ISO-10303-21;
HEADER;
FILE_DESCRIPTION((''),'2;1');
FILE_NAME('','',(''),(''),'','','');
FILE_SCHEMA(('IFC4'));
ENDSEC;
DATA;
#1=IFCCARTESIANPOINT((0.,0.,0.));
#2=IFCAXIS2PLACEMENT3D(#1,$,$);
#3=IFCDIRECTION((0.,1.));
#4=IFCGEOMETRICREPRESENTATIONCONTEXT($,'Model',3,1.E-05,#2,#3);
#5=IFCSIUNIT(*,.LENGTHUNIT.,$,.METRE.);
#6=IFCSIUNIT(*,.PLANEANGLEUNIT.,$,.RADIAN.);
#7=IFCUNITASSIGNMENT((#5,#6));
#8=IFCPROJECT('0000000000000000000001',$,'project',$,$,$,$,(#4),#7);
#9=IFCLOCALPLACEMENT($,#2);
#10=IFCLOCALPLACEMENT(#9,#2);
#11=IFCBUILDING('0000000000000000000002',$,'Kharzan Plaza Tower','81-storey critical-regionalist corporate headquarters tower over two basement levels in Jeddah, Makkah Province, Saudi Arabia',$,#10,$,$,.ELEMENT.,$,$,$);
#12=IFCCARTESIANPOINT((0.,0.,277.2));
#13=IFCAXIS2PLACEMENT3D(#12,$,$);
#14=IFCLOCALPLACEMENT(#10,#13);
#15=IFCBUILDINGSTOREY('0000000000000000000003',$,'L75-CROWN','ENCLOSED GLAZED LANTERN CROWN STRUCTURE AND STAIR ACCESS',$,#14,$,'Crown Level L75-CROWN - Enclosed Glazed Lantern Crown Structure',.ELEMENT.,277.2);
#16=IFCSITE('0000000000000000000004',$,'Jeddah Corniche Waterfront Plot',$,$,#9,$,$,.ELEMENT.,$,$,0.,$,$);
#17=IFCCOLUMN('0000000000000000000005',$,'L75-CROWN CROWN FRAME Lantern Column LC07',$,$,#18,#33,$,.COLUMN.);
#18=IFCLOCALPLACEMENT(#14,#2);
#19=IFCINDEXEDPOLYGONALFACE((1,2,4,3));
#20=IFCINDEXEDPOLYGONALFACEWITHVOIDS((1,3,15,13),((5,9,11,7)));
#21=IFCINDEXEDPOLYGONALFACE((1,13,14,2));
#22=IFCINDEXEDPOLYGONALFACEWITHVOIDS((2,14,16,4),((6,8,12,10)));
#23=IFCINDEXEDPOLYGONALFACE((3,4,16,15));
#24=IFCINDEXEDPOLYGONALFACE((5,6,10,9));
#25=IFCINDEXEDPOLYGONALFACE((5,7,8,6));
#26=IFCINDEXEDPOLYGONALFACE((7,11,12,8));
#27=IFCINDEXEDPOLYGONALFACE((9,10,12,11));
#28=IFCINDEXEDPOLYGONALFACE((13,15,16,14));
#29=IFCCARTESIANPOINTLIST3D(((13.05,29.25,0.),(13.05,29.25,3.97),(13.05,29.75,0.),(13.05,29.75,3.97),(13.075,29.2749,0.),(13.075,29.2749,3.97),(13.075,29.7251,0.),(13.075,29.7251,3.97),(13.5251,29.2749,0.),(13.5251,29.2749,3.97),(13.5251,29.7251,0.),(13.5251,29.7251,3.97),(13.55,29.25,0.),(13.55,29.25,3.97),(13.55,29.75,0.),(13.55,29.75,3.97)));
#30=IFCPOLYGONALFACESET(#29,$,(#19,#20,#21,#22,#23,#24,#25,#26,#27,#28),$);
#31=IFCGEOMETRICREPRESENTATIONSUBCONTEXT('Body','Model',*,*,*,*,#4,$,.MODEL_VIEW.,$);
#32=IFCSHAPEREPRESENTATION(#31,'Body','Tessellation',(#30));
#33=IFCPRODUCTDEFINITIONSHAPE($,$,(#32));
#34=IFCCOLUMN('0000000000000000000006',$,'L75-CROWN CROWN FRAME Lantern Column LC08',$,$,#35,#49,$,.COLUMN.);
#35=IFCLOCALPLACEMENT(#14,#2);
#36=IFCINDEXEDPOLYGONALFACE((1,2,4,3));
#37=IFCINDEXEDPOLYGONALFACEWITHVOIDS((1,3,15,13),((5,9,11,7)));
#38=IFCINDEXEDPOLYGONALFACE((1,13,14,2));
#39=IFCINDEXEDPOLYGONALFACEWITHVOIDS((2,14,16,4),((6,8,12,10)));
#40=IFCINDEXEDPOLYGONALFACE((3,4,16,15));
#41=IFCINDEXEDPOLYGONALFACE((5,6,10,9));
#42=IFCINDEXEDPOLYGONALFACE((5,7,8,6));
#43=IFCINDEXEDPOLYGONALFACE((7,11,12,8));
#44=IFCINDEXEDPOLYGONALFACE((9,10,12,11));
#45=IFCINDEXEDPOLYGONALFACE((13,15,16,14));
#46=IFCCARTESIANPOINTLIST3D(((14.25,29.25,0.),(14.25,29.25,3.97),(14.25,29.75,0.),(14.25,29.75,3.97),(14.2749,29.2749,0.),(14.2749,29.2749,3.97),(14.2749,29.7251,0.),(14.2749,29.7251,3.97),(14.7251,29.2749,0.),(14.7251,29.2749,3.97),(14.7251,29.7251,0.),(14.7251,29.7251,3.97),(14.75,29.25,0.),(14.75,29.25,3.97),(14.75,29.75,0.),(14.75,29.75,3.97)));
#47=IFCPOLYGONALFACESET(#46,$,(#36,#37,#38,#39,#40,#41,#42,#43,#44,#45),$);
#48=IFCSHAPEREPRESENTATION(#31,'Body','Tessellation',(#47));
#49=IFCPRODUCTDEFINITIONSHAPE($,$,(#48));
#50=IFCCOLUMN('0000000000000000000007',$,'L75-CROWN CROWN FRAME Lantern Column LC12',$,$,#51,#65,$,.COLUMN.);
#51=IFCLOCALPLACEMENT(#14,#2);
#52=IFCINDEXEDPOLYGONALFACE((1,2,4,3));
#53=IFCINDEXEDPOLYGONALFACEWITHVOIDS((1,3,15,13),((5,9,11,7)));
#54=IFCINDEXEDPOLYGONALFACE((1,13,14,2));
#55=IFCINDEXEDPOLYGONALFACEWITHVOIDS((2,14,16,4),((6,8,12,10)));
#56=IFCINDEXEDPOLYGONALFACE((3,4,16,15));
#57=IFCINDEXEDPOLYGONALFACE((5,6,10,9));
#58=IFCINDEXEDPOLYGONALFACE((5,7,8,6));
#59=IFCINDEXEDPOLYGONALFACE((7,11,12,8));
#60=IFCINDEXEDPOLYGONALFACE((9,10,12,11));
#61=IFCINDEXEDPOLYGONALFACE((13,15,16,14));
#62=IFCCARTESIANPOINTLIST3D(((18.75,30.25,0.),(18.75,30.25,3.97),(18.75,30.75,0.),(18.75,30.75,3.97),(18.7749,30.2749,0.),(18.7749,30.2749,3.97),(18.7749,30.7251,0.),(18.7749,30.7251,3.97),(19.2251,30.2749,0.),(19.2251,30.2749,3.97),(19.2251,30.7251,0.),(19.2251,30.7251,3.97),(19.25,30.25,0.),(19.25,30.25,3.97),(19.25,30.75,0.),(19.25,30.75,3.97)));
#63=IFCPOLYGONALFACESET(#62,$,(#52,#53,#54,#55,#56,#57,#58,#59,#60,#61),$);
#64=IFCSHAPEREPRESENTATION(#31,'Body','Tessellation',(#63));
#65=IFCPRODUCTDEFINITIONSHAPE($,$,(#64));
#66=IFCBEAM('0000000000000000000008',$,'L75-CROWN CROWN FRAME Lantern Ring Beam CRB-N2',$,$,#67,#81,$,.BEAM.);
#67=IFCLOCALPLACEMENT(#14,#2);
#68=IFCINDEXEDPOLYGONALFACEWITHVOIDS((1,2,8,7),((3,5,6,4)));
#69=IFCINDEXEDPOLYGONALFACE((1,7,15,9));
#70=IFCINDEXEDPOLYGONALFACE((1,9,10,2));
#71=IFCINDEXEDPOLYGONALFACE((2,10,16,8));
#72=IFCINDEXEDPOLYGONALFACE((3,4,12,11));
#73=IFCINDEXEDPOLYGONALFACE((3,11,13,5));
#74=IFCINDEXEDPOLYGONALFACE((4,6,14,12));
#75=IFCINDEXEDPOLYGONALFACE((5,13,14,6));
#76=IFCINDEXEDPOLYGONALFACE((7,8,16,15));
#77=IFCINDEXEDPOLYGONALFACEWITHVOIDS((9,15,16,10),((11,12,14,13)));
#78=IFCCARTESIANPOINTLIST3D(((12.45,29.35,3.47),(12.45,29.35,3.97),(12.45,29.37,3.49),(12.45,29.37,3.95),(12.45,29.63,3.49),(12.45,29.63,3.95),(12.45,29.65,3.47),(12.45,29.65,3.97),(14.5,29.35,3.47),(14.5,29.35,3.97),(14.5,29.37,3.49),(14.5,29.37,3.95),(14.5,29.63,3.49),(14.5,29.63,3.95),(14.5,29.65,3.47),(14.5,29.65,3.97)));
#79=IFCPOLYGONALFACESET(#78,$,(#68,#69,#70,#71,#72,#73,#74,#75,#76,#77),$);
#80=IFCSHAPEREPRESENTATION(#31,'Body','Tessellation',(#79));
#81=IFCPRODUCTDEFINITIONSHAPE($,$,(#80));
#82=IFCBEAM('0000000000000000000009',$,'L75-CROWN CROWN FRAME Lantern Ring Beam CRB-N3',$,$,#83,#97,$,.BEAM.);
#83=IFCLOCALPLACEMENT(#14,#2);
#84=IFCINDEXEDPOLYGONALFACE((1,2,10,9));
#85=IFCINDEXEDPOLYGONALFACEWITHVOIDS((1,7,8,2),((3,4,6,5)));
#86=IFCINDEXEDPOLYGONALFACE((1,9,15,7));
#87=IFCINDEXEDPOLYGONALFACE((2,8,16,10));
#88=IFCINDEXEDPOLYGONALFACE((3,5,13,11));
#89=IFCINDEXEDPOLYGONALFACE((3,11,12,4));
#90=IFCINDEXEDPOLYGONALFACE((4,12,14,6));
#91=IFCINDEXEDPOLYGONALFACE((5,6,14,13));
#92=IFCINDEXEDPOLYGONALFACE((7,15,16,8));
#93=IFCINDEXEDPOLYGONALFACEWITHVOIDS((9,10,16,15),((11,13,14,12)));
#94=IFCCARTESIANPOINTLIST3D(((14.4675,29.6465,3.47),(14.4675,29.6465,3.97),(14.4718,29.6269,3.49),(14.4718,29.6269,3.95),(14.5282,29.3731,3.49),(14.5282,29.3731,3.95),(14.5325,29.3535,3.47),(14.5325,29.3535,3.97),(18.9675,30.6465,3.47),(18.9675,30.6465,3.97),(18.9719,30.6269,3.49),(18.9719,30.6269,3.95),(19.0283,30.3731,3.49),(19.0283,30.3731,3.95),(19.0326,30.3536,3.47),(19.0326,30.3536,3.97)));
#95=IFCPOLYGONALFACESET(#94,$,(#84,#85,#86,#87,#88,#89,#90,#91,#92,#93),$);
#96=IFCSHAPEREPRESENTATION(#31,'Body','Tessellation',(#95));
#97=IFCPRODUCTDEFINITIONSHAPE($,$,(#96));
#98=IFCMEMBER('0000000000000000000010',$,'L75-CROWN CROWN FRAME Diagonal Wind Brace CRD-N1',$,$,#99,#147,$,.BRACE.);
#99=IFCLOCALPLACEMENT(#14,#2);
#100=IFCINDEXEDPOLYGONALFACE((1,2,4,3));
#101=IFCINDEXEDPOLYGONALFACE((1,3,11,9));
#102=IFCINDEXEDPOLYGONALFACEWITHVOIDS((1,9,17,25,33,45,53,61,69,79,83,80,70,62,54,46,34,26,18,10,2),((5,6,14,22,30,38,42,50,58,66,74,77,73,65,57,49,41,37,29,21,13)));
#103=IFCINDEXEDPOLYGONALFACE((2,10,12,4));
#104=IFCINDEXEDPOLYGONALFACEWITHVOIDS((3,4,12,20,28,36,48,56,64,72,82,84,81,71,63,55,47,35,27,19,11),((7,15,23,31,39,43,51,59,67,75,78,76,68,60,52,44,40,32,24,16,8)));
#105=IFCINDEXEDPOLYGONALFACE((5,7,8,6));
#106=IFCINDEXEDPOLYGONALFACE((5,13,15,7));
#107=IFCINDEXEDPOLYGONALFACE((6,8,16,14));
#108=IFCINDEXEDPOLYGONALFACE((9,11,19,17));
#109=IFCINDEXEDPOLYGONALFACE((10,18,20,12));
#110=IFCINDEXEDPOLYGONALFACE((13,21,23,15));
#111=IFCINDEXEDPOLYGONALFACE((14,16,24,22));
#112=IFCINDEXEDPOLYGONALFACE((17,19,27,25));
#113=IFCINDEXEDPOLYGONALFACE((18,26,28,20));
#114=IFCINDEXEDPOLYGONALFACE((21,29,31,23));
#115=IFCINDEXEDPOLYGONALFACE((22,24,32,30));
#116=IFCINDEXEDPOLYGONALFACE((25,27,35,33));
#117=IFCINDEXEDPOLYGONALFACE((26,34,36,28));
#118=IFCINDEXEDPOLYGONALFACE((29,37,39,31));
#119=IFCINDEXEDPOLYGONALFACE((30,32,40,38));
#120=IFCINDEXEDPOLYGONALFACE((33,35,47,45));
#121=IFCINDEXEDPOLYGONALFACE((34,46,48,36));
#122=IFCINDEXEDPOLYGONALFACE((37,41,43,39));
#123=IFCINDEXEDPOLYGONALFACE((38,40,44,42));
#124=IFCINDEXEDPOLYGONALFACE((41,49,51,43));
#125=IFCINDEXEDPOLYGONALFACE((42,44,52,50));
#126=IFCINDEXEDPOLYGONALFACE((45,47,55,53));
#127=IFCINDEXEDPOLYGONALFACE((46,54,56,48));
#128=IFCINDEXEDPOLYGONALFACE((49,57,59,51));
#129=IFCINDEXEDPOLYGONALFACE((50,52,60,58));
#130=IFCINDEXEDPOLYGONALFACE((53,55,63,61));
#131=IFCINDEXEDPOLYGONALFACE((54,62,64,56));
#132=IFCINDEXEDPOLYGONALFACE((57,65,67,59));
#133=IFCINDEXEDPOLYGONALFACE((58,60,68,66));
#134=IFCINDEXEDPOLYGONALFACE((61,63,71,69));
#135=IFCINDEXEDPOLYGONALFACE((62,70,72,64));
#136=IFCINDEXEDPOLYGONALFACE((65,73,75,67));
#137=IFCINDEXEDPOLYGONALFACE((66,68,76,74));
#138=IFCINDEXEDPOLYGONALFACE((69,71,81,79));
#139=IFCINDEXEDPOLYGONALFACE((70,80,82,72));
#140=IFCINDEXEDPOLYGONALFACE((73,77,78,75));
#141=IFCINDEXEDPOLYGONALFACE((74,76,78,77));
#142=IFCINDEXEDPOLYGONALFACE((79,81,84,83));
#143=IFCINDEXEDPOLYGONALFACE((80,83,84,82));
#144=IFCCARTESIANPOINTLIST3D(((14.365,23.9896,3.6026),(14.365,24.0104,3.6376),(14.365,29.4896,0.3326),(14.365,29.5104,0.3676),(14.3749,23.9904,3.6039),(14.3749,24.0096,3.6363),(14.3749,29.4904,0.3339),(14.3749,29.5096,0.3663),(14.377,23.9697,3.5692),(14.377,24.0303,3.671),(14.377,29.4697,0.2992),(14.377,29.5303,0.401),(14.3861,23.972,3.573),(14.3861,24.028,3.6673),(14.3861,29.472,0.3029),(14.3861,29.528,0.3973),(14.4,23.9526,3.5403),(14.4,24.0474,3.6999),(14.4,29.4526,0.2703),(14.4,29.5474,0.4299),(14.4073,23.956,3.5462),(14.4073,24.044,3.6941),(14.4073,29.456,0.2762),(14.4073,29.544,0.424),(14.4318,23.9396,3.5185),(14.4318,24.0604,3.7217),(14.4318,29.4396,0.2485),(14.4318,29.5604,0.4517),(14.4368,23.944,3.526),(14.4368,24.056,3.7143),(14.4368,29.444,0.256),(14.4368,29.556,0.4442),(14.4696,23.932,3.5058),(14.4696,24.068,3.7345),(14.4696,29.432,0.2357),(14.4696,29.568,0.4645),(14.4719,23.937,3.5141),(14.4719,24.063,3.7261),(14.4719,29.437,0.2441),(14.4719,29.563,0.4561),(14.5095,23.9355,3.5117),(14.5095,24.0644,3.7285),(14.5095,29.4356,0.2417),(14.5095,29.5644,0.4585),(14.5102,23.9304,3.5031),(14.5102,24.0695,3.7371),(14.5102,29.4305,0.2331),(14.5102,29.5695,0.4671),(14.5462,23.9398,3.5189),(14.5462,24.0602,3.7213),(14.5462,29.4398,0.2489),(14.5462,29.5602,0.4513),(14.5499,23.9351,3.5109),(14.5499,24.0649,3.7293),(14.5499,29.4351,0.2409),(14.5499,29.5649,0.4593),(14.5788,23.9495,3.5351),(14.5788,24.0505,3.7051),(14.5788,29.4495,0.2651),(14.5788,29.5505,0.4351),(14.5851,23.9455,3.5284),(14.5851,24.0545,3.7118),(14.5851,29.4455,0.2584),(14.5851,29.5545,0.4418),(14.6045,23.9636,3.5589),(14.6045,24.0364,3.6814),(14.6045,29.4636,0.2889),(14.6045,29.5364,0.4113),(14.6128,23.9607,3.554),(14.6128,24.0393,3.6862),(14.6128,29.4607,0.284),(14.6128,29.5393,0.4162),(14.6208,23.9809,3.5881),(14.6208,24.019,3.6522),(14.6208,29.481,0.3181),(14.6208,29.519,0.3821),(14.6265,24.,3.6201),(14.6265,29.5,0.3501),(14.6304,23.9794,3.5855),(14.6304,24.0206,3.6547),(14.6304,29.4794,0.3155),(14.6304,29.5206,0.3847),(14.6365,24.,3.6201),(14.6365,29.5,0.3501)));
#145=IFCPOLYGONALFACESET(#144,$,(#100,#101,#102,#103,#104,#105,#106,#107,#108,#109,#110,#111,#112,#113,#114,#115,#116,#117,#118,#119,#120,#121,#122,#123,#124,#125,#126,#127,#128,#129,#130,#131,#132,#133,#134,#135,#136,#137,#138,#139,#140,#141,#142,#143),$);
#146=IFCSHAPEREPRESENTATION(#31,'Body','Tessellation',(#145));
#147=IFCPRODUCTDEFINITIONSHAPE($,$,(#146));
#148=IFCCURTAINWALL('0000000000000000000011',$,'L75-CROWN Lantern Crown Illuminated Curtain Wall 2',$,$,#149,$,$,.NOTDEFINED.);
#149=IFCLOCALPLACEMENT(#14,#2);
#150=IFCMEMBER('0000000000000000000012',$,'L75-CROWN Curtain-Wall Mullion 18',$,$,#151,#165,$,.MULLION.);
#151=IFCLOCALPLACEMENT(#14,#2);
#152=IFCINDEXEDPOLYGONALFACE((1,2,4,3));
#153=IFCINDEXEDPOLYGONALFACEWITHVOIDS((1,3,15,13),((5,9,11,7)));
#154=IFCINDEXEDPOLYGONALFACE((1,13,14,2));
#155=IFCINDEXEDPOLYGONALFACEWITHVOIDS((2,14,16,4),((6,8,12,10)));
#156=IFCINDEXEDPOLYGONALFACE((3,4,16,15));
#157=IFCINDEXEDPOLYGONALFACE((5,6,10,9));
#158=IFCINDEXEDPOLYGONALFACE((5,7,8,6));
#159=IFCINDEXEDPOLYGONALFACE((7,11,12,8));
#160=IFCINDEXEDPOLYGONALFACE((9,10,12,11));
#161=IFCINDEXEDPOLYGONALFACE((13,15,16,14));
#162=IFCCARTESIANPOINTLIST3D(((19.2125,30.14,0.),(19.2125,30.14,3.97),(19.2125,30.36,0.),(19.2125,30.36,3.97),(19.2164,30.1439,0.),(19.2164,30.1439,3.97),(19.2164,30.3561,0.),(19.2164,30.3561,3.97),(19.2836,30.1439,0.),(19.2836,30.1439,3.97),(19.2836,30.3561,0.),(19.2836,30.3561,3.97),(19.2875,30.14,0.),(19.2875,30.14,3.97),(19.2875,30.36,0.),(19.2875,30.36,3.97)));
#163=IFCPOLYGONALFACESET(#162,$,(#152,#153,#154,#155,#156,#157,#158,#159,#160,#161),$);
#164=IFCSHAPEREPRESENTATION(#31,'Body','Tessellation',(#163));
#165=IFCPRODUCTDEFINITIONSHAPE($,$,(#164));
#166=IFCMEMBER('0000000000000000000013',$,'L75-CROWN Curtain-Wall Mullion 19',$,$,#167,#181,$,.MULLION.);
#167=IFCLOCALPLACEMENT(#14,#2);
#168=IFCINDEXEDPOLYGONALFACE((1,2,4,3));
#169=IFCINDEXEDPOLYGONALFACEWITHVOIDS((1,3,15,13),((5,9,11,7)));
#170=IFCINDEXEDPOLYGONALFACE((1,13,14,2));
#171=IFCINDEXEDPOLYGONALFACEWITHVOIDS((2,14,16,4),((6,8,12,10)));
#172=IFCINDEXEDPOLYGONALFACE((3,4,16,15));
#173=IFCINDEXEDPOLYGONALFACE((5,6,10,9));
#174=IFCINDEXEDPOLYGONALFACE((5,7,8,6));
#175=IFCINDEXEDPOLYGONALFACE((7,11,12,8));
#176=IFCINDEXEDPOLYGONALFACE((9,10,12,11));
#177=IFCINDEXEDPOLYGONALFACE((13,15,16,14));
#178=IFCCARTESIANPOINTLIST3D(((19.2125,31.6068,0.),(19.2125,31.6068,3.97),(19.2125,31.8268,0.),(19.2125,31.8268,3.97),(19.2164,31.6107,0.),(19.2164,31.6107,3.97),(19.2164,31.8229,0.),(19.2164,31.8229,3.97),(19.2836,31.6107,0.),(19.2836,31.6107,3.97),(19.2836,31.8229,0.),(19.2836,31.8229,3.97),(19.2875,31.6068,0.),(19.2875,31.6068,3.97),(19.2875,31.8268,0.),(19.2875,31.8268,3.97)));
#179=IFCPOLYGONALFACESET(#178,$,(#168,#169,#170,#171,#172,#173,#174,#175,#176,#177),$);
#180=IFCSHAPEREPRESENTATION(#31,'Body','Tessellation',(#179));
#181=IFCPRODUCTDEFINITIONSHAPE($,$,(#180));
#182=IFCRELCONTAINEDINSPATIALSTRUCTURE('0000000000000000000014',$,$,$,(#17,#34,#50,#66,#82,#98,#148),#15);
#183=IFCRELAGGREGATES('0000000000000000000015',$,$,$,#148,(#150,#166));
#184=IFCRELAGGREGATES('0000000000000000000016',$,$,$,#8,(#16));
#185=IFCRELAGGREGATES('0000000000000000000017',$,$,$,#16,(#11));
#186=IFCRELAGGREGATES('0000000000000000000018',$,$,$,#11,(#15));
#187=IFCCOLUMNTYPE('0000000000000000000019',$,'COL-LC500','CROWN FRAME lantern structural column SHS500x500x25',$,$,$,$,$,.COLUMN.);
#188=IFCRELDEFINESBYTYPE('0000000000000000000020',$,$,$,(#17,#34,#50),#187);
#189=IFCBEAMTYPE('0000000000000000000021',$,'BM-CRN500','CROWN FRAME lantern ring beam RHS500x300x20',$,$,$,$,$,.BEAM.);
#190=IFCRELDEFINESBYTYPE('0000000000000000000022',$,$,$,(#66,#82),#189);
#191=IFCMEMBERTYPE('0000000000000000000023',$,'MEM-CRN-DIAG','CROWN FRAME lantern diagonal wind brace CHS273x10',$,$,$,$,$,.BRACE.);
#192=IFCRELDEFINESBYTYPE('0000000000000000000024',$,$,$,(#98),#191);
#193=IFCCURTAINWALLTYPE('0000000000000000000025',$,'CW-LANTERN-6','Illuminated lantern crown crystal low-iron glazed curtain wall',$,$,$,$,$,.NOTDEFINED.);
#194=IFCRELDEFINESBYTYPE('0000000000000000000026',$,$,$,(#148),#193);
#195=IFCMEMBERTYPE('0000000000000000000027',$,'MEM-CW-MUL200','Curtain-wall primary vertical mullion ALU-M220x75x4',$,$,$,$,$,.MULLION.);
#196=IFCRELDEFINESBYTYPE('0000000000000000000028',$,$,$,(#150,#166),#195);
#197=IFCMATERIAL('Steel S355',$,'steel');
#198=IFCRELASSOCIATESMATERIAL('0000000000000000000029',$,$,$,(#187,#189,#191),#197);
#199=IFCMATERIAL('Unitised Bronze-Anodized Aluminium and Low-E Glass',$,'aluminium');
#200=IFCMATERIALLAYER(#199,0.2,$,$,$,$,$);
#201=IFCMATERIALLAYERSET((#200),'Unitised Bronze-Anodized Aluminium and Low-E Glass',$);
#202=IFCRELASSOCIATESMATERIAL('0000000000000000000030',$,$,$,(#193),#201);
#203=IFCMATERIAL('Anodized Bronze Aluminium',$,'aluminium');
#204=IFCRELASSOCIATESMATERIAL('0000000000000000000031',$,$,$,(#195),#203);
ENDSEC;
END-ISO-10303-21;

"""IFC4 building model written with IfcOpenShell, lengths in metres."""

from ifc_helpers import new_model, si_unit, direction, frame, origin, origin_2d, place, context, subcontext, project, spatial, hollow_rectangle, hollow_circle, extrude, source, transform, mapped, material, layer, layer_set, material_profile, profile_set, type_object, element, aggregate, save


model = new_model("IFC4")

# Units and contexts
model_context = context("Model", 3, precision=1e-05, world=origin(), true_north=direction((0.0, 1.0)))
body_context = subcontext(model_context, "Body", "Model", "MODEL_VIEW")
ifc_project = project(units=[si_unit("LENGTHUNIT", "METRE"), si_unit("PLANEANGLEUNIT", "RADIAN")], contexts=[model_context])

# Site, building, storey
site_placement = place(None, origin())
site = spatial("IfcSite", under=ifc_project, at=site_placement, Name="Jeddah Corniche Waterfront Plot", CompositionType="ELEMENT", RefElevation=0.0)
building_placement = place(site_placement, origin())
building = spatial("IfcBuilding", under=site, at=building_placement, Name="Kharzan Plaza Tower", Description="81-storey critical-regionalist corporate headquarters tower over two basement levels in Jeddah, Makkah Province, Saudi Arabia", CompositionType="ELEMENT")
storey_placement = place(building_placement, frame((0.0, 0.0, 277.2)))
storey = spatial("IfcBuildingStorey", under=building, at=storey_placement, Name="L75-CROWN", Description="ENCLOSED GLAZED LANTERN CROWN STRUCTURE AND STAIR ACCESS", LongName="Crown Level L75-CROWN - Enclosed Glazed Lantern Crown Structure", CompositionType="ELEMENT", Elevation=277.2)

# Columns
ifc_material_1 = material(Name="Steel S355", Category="steel")
ifc_material_profile_1 = material_profile(ifc_material_1, hollow_rectangle(XDim=0.5, YDim=0.5, WallThickness=0.0249, at=origin_2d()), Name="SHS500x500x25")
ifc_profile_set_1 = profile_set([ifc_material_profile_1], Name="Steel S355")
column_type = type_object("IfcColumnType", Name="COL-LC500", Description="CROWN FRAME lantern structural column SHS500x500x25", PredefinedType="COLUMN", material=ifc_profile_set_1)
shared_shape_1 = source(origin(), body_context, "Body", "SweptSolid", [
    extrude(hollow_rectangle(XDim=0.5, YDim=0.5, WallThickness=0.0249, at=origin_2d()), origin(), (0.0, 0.0, 1.0), 3.97),
])
for number, where, z_axis, x_axis, name in (
    (1, (13.3, 29.5, 0.0), (0.0, 0.0, 1.0), (1.0, 0.0, 0.0), "L75-CROWN CROWN FRAME Lantern Column LC07"),
    (2, (14.5, 29.5, 0.0), (0.0, 0.0, 1.0), (1.0, 0.0, 0.0), "L75-CROWN CROWN FRAME Lantern Column LC08"),
    (3, (19.0, 30.5, 0.0), (0.0, 0.0, 1.0), (1.0, 0.0, 0.0), "L75-CROWN CROWN FRAME Lantern Column LC12"),
):
    element("IfcColumn", number, at=place(storey_placement, frame(where, z_axis=z_axis, x_axis=x_axis)), inside=storey, type_object=column_type, Name=name, PredefinedType="COLUMN", context=body_context, shape_type="MappedRepresentation", body=[
        mapped(shared_shape_1, transform((0.0, 0.0, 0.0), x_axis=(1.0, 0.0, 0.0), y_axis=(0.0, 1.0, 0.0), z_axis=(0.0, 0.0, 1.0))),
    ])

# Beams
ifc_material_profile_2 = material_profile(ifc_material_1, hollow_rectangle(XDim=0.3, YDim=0.5, WallThickness=0.02, at=origin_2d()), Name="RHS500x300x20")
ifc_profile_set_2 = profile_set([ifc_material_profile_2], Name="Steel S355")
beam_type = type_object("IfcBeamType", Name="BM-CRN500", Description="CROWN FRAME lantern ring beam RHS500x300x20", PredefinedType="BEAM", material=ifc_profile_set_2)
shared_shape_2 = source(origin(), body_context, "Body", "SweptSolid", [
    extrude(hollow_rectangle(XDim=0.3, YDim=0.5, WallThickness=0.02, at=origin_2d()), origin(), (0.0, 0.0, 1.0), 2.05),
])
beam_1_placement = place(storey_placement, frame((12.45, 29.5, 3.72), z_axis=(1.0, 0.0, 0.0), x_axis=(0.0, 1.0, 0.0)))
element("IfcBeam", 4, at=beam_1_placement, inside=storey, type_object=beam_type, Name="L75-CROWN CROWN FRAME Lantern Ring Beam CRB-N2", PredefinedType="BEAM", context=body_context, shape_type="MappedRepresentation", body=[
    mapped(shared_shape_2, transform((0.0, 0.0, 0.0), x_axis=(1.0, 0.0, 0.0), y_axis=(0.0, 1.0, 0.0), z_axis=(0.0, 0.0, 1.0))),
])
shared_shape_3 = source(origin(), body_context, "Body", "SweptSolid", [
    extrude(hollow_rectangle(XDim=0.3, YDim=0.5, WallThickness=0.02, at=origin_2d()), origin(), (0.0, 0.0, 1.0), 4.6099),
])
beam_2_placement = place(storey_placement, frame((14.5, 29.5, 3.72), z_axis=(0.976187, 0.21693, 0.0), x_axis=(-0.21693, 0.976187, 0.0)))
element("IfcBeam", 5, at=beam_2_placement, inside=storey, type_object=beam_type, Name="L75-CROWN CROWN FRAME Lantern Ring Beam CRB-N3", PredefinedType="BEAM", context=body_context, shape_type="MappedRepresentation", body=[
    mapped(shared_shape_3, transform((0.0, 0.0, 0.0), x_axis=(1.0, 0.0, 0.0), y_axis=(0.0, 1.0, 0.0), z_axis=(0.0, 0.0, 1.0))),
])

# Member
ifc_material_profile_3 = material_profile(ifc_material_1, hollow_circle(Radius=0.1365, WallThickness=0.01, at=origin_2d()), Name="CHS273x10")
ifc_profile_set_3 = profile_set([ifc_material_profile_3], Name="Steel S355")
member_type_1 = type_object("IfcMemberType", Name="MEM-CRN-DIAG", Description="CROWN FRAME lantern diagonal wind brace CHS273x10", PredefinedType="BRACE", material=ifc_profile_set_3)
shared_shape_4 = source(origin(), body_context, "Body", "SweptSolid", [
    extrude(hollow_circle(Radius=0.1365, WallThickness=0.01, at=origin_2d()), origin(), (0.0, 0.0, 1.0), 6.3987),
])
member_1_placement = place(storey_placement, frame((14.5, 29.5, 0.3501), z_axis=(0.0, -0.859553, 0.511046), x_axis=(1.0, 0.0, 0.0)))
element("IfcMember", 6, at=member_1_placement, inside=storey, type_object=member_type_1, Name="L75-CROWN CROWN FRAME Diagonal Wind Brace CRD-N1", PredefinedType="BRACE", context=body_context, shape_type="MappedRepresentation", body=[
    mapped(shared_shape_4, transform((0.0, 0.0, 0.0), x_axis=(1.0, 0.0, 0.0), y_axis=(0.0, 1.0, 0.0), z_axis=(0.0, 0.0, 1.0))),
])

# Curtain wall, members
ifc_material_2 = material(Name="Unitised Bronze-Anodized Aluminium and Low-E Glass", Category="aluminium")
ifc_layer_1 = layer(ifc_material_2, 0.2)
ifc_layer_set_1 = layer_set([ifc_layer_1], Name="Unitised Bronze-Anodized Aluminium and Low-E Glass")
curtain_wall_type = type_object("IfcCurtainWallType", Name="CW-LANTERN-6", Description="Illuminated lantern crown crystal low-iron glazed curtain wall", PredefinedType="NOTDEFINED", material=ifc_layer_set_1)
curtain_wall_1_placement = place(storey_placement, origin())
curtain_wall_1 = element("IfcCurtainWall", 7, at=curtain_wall_1_placement, inside=storey, type_object=curtain_wall_type, Name="L75-CROWN Lantern Crown Illuminated Curtain Wall 2", PredefinedType="NOTDEFINED")
ifc_material_3 = material(Name="Anodized Bronze Aluminium", Category="aluminium")
ifc_material_profile_4 = material_profile(ifc_material_3, hollow_rectangle(XDim=0.075, YDim=0.22, WallThickness=0.0039, at=origin_2d()), Name="ALU-M220x75x4")
ifc_profile_set_4 = profile_set([ifc_material_profile_4], Name="Anodized Bronze Aluminium")
member_type_2 = type_object("IfcMemberType", Name="MEM-CW-MUL200", Description="Curtain-wall primary vertical mullion ALU-M220x75x4", PredefinedType="MULLION", material=ifc_profile_set_4)
shared_shape_5 = source(origin(), body_context, "Body", "SweptSolid", [
    extrude(hollow_rectangle(XDim=0.075, YDim=0.22, WallThickness=0.0039, at=origin_2d()), origin(), (0.0, 0.0, 1.0), 3.97),
])
member_2_placement = place(storey_placement, frame((19.25, 30.25, 0.0), z_axis=(0.0, 0.0, 1.0), x_axis=(1.0, 0.0, 0.0)))
member_2 = element("IfcMember", 8, at=member_2_placement, type_object=member_type_2, Name="L75-CROWN Curtain-Wall Mullion 18", PredefinedType="MULLION", context=body_context, shape_type="MappedRepresentation", body=[
    mapped(shared_shape_5, transform((0.0, 0.0, 0.0), x_axis=(1.0, 0.0, 0.0), y_axis=(0.0, 1.0, 0.0), z_axis=(0.0, 0.0, 1.0))),
])
member_3_placement = place(storey_placement, frame((19.25, 31.7168, 0.0), z_axis=(0.0, 0.0, 1.0), x_axis=(1.0, 0.0, 0.0)))
member_3 = element("IfcMember", 9, at=member_3_placement, type_object=member_type_2, Name="L75-CROWN Curtain-Wall Mullion 19", PredefinedType="MULLION", context=body_context, shape_type="MappedRepresentation", body=[
    mapped(shared_shape_5, transform((0.0, 0.0, 0.0), x_axis=(1.0, 0.0, 0.0), y_axis=(0.0, 1.0, 0.0), z_axis=(0.0, 0.0, 1.0))),
])

aggregate(curtain_wall_1, [member_2, member_3])

save(model, "model.ifc")
